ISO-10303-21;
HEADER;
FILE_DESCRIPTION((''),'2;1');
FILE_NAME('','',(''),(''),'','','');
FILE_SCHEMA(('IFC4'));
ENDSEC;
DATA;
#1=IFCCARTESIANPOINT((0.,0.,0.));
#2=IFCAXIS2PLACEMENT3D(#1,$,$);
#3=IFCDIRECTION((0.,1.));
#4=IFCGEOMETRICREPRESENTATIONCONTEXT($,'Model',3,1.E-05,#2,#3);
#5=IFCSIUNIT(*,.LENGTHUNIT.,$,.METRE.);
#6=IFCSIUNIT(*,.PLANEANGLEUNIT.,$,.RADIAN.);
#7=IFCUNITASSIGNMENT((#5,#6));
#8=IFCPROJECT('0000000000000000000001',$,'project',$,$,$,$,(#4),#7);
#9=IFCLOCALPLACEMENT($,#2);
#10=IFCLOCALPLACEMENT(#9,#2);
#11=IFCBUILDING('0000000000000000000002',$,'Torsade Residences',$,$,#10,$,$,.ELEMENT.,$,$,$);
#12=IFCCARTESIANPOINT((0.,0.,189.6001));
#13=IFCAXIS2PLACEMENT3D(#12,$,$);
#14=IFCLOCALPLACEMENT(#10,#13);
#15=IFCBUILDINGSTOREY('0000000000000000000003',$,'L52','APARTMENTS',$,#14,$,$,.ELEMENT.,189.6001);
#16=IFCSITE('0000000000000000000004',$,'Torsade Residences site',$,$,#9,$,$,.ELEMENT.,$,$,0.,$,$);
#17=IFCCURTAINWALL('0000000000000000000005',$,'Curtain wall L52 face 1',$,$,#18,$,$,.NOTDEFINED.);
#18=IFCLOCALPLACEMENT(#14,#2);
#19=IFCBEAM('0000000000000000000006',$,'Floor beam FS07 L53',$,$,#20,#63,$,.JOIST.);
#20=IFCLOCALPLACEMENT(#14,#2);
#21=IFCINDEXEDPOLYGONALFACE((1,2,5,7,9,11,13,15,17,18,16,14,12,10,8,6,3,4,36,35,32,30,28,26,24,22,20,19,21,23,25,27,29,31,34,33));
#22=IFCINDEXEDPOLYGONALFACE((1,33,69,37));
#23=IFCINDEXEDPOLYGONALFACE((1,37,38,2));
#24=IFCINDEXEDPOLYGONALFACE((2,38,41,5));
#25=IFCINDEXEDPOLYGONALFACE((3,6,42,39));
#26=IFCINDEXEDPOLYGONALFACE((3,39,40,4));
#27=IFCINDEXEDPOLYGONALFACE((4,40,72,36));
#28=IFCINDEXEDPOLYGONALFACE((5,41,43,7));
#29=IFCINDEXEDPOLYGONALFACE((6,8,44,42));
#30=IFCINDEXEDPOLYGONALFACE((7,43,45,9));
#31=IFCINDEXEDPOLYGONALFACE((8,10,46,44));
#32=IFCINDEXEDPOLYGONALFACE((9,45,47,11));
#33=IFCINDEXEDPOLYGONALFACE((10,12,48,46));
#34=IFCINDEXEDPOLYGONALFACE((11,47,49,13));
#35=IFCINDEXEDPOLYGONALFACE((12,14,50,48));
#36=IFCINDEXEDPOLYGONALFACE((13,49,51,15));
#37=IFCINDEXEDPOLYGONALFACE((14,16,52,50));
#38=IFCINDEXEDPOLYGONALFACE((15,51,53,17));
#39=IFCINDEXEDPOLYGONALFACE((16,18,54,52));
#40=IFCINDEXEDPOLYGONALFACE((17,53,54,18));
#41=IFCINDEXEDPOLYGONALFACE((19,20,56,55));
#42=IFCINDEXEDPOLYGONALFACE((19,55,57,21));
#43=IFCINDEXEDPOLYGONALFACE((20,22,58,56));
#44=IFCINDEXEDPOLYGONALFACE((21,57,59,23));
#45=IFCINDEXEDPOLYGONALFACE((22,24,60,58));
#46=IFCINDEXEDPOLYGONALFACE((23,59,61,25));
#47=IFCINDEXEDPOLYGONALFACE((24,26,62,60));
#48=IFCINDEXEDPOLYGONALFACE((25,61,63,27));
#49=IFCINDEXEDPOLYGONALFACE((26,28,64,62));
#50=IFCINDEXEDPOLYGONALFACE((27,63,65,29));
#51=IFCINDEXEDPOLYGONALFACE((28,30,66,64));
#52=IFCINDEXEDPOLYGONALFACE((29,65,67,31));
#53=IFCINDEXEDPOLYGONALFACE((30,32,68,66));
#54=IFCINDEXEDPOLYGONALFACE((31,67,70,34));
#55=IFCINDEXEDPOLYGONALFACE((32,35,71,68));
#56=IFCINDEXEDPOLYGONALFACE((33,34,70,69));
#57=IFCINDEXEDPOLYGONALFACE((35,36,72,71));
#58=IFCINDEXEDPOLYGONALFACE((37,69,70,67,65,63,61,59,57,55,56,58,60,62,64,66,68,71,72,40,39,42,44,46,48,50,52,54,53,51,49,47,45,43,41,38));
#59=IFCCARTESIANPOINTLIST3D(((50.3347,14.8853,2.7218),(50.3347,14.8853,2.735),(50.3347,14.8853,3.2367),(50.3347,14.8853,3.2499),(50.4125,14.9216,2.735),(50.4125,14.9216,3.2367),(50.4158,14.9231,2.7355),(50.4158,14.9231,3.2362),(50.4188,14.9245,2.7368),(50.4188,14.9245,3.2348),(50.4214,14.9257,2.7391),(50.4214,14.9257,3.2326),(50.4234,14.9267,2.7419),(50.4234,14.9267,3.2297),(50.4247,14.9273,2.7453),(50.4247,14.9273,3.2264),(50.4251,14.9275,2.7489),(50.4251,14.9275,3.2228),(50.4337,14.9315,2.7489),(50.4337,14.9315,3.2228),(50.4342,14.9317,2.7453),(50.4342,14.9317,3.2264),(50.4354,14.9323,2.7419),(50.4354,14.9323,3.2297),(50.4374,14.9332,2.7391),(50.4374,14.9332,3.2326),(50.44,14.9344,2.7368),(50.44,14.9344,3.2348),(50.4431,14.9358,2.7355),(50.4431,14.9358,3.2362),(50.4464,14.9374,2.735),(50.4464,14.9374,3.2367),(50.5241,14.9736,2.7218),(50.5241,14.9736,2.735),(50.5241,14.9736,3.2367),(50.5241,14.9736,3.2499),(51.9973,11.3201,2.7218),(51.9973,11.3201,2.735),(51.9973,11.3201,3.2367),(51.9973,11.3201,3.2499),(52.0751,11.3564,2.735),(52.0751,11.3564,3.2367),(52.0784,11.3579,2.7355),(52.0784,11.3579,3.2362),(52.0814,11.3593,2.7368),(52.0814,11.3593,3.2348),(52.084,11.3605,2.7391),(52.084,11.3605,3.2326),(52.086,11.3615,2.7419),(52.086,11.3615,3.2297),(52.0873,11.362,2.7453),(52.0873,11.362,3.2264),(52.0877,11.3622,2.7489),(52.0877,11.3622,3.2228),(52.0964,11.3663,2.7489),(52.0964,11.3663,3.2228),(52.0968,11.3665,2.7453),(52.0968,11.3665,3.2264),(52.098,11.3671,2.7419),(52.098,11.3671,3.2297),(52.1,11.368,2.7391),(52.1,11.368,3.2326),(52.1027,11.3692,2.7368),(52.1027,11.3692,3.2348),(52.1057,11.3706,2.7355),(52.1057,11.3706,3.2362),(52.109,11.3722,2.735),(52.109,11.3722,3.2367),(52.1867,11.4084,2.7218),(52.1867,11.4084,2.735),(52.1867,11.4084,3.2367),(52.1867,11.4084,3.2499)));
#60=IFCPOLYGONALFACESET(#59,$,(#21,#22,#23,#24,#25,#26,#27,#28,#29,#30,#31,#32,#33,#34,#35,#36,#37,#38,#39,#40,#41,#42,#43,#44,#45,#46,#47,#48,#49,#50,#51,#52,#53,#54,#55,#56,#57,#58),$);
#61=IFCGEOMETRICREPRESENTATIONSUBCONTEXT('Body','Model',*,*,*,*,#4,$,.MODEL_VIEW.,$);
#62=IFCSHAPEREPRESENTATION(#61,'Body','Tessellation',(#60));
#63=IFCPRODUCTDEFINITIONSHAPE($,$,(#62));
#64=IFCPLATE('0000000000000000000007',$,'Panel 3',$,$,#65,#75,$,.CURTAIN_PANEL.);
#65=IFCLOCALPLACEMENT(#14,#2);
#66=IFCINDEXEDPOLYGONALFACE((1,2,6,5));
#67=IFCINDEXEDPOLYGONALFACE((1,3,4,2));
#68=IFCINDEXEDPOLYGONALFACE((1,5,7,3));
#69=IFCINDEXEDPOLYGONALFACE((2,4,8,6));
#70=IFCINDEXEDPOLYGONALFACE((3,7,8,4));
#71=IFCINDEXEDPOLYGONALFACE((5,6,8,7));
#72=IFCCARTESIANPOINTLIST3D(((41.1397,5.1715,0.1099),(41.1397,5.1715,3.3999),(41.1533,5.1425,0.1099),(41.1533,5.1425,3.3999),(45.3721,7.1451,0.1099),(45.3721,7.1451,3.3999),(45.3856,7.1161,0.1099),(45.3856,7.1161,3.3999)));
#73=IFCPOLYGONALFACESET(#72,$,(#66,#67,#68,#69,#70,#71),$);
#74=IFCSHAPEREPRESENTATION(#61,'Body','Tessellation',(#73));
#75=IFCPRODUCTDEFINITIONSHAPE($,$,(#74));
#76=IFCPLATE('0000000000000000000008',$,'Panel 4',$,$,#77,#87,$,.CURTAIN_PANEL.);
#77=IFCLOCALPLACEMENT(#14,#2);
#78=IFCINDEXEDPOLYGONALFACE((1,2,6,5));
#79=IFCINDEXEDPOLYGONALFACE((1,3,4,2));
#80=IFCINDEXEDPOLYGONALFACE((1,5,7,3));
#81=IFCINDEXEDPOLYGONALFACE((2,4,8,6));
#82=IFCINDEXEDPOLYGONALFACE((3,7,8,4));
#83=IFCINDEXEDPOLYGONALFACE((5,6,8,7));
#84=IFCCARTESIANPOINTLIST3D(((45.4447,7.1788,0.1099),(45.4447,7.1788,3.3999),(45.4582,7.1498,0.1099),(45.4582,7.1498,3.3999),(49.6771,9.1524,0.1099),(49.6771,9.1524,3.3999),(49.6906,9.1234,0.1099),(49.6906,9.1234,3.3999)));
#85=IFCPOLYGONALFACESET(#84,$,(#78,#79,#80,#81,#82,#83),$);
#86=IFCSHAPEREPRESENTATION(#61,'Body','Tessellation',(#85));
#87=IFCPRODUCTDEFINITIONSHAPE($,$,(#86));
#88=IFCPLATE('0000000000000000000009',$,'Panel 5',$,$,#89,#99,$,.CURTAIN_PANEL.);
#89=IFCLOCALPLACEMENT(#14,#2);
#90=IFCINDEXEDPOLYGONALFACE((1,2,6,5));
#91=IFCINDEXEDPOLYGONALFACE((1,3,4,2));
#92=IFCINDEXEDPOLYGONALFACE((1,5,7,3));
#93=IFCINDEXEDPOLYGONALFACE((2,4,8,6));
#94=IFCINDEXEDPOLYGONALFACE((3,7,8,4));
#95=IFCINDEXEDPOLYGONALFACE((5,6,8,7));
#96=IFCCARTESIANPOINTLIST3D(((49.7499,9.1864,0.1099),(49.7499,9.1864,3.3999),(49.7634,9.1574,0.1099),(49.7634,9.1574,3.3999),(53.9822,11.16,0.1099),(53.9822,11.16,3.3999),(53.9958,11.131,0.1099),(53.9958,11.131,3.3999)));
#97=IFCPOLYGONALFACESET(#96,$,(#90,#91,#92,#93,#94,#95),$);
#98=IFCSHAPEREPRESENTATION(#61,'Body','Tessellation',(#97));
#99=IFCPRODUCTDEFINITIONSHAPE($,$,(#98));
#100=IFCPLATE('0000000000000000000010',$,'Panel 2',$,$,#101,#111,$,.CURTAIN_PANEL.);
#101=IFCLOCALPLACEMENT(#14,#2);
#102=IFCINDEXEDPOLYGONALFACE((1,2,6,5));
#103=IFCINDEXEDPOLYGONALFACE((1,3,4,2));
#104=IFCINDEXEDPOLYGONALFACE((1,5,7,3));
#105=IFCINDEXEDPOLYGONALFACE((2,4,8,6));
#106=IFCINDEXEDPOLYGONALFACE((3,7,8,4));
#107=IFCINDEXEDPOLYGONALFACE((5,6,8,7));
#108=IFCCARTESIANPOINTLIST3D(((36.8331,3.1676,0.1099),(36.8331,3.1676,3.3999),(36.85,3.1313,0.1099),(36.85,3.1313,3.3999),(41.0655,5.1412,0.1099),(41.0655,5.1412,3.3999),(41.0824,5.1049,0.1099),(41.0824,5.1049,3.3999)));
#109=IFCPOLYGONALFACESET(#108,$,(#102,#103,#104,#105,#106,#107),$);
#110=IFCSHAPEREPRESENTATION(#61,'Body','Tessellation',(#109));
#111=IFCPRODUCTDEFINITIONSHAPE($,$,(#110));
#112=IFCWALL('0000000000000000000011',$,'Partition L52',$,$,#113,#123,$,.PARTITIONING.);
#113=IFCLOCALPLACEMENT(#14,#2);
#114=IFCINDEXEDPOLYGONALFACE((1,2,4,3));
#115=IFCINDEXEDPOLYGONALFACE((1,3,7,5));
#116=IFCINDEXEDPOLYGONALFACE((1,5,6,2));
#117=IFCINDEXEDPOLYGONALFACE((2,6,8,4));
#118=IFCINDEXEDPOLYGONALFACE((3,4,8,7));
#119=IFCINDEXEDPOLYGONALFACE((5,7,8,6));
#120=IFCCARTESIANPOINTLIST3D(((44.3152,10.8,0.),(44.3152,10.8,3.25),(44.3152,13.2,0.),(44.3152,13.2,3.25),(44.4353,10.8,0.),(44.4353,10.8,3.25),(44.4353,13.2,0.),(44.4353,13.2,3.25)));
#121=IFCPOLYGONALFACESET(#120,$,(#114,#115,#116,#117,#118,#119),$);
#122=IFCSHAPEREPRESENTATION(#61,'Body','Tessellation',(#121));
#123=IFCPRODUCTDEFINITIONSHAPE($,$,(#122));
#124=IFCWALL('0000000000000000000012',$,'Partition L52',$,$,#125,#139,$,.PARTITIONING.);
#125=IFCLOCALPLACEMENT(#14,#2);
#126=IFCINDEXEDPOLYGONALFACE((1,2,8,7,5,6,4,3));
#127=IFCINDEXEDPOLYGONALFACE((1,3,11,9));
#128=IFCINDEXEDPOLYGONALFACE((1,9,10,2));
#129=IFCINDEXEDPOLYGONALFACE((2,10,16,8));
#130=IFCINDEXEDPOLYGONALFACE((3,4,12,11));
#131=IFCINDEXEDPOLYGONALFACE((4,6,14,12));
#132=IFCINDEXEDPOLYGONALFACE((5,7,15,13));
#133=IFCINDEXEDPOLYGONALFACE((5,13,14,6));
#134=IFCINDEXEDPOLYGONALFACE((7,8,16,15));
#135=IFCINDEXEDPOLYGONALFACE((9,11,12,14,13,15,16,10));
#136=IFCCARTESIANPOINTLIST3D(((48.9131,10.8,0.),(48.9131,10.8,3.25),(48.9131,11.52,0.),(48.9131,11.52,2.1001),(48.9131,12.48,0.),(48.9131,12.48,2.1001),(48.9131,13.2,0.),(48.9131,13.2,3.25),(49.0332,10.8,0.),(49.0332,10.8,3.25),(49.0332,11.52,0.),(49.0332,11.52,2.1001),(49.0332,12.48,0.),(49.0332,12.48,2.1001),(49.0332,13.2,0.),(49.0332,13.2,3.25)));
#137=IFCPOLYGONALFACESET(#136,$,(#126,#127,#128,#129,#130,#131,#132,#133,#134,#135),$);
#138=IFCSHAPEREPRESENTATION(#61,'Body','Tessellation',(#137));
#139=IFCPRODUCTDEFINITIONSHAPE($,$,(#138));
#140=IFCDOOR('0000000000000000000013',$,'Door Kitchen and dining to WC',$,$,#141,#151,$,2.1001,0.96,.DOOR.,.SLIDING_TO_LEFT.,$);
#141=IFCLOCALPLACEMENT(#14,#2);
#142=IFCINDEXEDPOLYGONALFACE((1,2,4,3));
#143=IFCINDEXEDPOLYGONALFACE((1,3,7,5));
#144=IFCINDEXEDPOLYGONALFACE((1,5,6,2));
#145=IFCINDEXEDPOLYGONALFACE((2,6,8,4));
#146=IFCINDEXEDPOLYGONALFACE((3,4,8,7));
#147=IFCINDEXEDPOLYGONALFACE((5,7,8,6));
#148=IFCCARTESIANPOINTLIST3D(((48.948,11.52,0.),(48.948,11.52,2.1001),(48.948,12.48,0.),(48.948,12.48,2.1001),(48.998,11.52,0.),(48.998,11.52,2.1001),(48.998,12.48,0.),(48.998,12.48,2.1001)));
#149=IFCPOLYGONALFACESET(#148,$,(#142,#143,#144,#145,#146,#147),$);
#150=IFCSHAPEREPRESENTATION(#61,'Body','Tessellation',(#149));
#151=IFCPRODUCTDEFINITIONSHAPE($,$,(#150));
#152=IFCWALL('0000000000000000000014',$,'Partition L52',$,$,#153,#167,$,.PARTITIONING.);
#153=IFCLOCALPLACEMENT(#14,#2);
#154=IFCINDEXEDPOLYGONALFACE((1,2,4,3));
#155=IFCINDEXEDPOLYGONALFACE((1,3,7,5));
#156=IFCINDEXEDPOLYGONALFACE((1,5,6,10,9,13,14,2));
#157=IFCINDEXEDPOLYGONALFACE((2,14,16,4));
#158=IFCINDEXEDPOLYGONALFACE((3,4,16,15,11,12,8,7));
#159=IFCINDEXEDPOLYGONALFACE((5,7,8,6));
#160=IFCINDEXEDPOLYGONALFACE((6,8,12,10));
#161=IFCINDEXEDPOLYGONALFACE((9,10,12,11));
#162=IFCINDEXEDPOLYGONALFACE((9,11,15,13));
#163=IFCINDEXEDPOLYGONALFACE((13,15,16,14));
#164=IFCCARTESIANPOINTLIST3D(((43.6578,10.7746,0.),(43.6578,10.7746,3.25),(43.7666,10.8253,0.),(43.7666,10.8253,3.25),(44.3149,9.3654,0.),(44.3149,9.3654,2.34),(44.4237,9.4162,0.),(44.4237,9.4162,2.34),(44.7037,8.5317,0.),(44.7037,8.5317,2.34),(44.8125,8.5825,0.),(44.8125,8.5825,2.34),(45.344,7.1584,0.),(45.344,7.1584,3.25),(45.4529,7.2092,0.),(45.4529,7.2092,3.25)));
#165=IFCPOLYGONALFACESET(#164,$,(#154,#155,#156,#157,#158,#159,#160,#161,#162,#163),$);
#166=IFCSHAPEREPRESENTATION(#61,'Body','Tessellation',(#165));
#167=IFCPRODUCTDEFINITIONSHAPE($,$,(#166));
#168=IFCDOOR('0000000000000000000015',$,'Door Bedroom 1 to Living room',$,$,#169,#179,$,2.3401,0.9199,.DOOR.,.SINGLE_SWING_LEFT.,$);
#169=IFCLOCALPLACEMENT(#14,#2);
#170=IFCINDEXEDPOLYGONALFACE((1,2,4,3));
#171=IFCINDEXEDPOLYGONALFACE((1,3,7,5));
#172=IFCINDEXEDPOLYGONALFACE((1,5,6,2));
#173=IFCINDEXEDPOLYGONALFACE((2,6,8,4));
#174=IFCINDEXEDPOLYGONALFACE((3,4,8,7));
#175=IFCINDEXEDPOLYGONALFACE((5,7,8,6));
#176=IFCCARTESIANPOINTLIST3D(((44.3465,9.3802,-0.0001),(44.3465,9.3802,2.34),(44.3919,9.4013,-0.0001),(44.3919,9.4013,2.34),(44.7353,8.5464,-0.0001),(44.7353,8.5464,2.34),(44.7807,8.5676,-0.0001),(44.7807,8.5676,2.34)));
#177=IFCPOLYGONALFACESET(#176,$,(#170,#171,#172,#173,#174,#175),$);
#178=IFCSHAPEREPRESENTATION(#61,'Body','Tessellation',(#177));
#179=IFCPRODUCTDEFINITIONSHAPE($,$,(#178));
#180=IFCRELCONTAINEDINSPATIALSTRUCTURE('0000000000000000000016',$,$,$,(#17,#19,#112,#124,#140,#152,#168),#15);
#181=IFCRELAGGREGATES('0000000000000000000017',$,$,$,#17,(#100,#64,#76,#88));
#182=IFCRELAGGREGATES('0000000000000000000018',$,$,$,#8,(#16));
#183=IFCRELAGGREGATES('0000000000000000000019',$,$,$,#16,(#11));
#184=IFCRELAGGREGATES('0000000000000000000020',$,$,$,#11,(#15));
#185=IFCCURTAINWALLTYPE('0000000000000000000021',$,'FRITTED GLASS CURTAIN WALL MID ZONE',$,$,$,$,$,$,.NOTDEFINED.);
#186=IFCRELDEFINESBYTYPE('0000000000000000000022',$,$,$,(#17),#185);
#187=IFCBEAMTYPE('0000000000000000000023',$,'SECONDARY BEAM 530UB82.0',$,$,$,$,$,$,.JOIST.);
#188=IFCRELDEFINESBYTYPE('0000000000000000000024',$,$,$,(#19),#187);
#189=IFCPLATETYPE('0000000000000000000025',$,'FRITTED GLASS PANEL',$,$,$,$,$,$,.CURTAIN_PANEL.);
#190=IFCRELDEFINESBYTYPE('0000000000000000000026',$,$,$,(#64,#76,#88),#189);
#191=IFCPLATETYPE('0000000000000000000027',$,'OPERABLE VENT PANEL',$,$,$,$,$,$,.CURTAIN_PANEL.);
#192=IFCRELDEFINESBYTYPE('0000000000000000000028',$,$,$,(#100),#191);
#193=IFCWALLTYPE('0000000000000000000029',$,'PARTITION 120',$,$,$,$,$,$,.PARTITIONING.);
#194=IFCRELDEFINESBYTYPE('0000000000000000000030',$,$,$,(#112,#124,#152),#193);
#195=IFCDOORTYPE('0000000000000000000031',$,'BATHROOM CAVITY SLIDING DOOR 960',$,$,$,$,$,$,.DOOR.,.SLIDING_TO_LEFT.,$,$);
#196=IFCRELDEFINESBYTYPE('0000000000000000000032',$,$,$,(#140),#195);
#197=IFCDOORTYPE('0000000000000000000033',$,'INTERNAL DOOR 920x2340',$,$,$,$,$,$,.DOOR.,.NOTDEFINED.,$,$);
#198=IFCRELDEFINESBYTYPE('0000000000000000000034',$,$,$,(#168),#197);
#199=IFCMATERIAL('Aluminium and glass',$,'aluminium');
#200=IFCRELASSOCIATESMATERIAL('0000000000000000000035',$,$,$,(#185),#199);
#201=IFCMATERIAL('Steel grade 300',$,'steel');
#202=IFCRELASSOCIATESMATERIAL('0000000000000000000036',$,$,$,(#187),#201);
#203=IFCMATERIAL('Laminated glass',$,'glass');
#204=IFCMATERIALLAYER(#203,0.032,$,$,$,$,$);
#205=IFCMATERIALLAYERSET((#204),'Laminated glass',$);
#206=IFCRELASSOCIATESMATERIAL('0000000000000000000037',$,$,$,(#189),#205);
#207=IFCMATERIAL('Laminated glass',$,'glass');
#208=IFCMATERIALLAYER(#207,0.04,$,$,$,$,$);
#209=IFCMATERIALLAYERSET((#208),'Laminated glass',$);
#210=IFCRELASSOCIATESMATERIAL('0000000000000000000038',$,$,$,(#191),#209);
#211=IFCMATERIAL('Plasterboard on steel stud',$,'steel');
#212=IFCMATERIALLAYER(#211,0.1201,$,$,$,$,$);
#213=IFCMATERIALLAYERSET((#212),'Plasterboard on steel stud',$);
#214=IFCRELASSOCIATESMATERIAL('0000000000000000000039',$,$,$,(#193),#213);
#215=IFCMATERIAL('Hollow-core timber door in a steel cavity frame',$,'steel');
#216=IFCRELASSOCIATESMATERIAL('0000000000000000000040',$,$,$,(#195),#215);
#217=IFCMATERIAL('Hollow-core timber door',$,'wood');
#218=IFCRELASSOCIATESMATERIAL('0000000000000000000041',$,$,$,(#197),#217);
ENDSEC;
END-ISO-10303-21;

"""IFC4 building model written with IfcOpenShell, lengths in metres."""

from ifc_helpers import new_model, si_unit, direction, frame, frame_2d, origin, origin_2d, place, context, subcontext, project, spatial, rectangle, i_section, extrude, material, layer, layer_set, material_profile, profile_set, type_object, element, fill, aggregate, save


model = new_model("IFC4")

# Units and contexts
model_context = context("Model", 3, precision=1e-05, world=origin(), true_north=direction((0.0, 1.0)))
body_context = subcontext(model_context, "Body", "Model", "MODEL_VIEW")
ifc_project = project(units=[si_unit("LENGTHUNIT", "METRE"), si_unit("PLANEANGLEUNIT", "RADIAN")], contexts=[model_context])

# Site, building, storey
site_placement = place(None, origin())
site = spatial("IfcSite", under=ifc_project, at=site_placement, Name="Torsade Residences site", CompositionType="ELEMENT", RefElevation=0.0)
building_placement = place(site_placement, origin())
building = spatial("IfcBuilding", under=site, at=building_placement, Name="Torsade Residences", CompositionType="ELEMENT")
storey_placement = place(building_placement, frame((0.0, 0.0, 189.6001)))
storey = spatial("IfcBuildingStorey", under=building, at=storey_placement, Name="L52", Description="APARTMENTS", CompositionType="ELEMENT", Elevation=189.6001)

# Curtain wall
ifc_material_1 = material(Name="Aluminium and glass", Category="aluminium")
curtain_wall_type = type_object("IfcCurtainWallType", Name="FRITTED GLASS CURTAIN WALL MID ZONE", PredefinedType="NOTDEFINED", material=ifc_material_1)
curtain_wall_placement = place(storey_placement, origin())
curtain_wall = element("IfcCurtainWall", 1, at=curtain_wall_placement, inside=storey, type_object=curtain_wall_type, Name="Curtain wall L52 face 1", PredefinedType="NOTDEFINED")

# Beam
ifc_material_2 = material(Name="Steel grade 300", Category="steel")
ifc_material_profile_1 = material_profile(ifc_material_2, i_section(OverallWidth=0.209, OverallDepth=0.5281, WebThickness=0.0095, FlangeThickness=0.0132, FilletRadius=0.0139, at=origin_2d()), Name="530UB82.0")
ifc_profile_set_1 = profile_set([ifc_material_profile_1], Name="Steel grade 300")
beam_type_1 = type_object("IfcBeamType", Name="SECONDARY BEAM 530UB82.0", PredefinedType="JOIST", material=ifc_profile_set_1)
beam_1_placement = place(storey_placement, frame((52.092, 11.3643, 2.9858), z_axis=(-0.422644, 0.906296, 0.0), x_axis=(-0.906296, -0.422644, 0.0)))
element("IfcBeam", 2, at=beam_1_placement, inside=storey, type_object=beam_type_1, Name="Floor beam FS07 L53", PredefinedType="JOIST", context=body_context, shape_type="SweptSolid", body=[
    extrude(i_section(OverallWidth=0.209, OverallDepth=0.5281, WebThickness=0.0095, FlangeThickness=0.0132, FilletRadius=0.0139, at=origin_2d()), origin(), (0.0, 0.0, 1.0), 3.9338),
])

# Plates
ifc_material_3 = material(Name="Laminated glass", Category="glass")
ifc_layer_1 = layer(ifc_material_3, 0.032)
ifc_layer_set_1 = layer_set([ifc_layer_1], Name="Laminated glass")
plate_type_1 = type_object("IfcPlateType", Name="FRITTED GLASS PANEL", PredefinedType="CURTAIN_PANEL", material=ifc_layer_set_1)
plate_1_placement = place(storey_placement, frame((43.2627, 6.1438, 0.1099), z_axis=(0.0, 0.0, 1.0), x_axis=(0.906308, 0.422618, 0.0)))
plate_1 = element("IfcPlate", 3, at=plate_1_placement, type_object=plate_type_1, Name="Panel 3", PredefinedType="CURTAIN_PANEL", context=body_context, shape_type="SweptSolid", body=[
    extrude(rectangle(XDim=4.6699, YDim=0.032, at=origin_2d()), origin(), (0.0, 0.0, 1.0), 3.29),
])
plate_2_placement = place(storey_placement, frame((47.5676, 8.1511, 0.1099), z_axis=(0.0, 0.0, 1.0), x_axis=(0.906308, 0.422618, 0.0)))
plate_2 = element("IfcPlate", 4, at=plate_2_placement, type_object=plate_type_1, Name="Panel 4", PredefinedType="CURTAIN_PANEL", context=body_context, shape_type="SweptSolid", body=[
    extrude(rectangle(XDim=4.6699, YDim=0.032, at=origin_2d()), origin(), (0.0, 0.0, 1.0), 3.29),
])
plate_3_placement = place(storey_placement, frame((51.8728, 10.1587, 0.1099), z_axis=(0.0, 0.0, 1.0), x_axis=(0.906308, 0.422618, 0.0)))
plate_3 = element("IfcPlate", 5, at=plate_3_placement, type_object=plate_type_1, Name="Panel 5", PredefinedType="CURTAIN_PANEL", context=body_context, shape_type="SweptSolid", body=[
    extrude(rectangle(XDim=4.6699, YDim=0.032, at=origin_2d()), origin(), (0.0, 0.0, 1.0), 3.29),
])
ifc_material_4 = material(Name="Laminated glass", Category="glass")
ifc_layer_2 = layer(ifc_material_4, 0.04)
ifc_layer_set_2 = layer_set([ifc_layer_2], Name="Laminated glass")
plate_type_2 = type_object("IfcPlateType", Name="OPERABLE VENT PANEL", PredefinedType="CURTAIN_PANEL", material=ifc_layer_set_2)
plate_4_placement = place(storey_placement, frame((38.9578, 4.1362, 0.1099), z_axis=(0.0, 0.0, 1.0), x_axis=(0.906308, 0.422618, 0.0)))
plate_4 = element("IfcPlate", 6, at=plate_4_placement, type_object=plate_type_2, Name="Panel 2", PredefinedType="CURTAIN_PANEL", context=body_context, shape_type="SweptSolid", body=[
    extrude(rectangle(XDim=4.6699, YDim=0.04, at=origin_2d()), origin(), (0.0, 0.0, 1.0), 3.29),
])
aggregate(curtain_wall, [plate_4, plate_1, plate_2, plate_3])

# Wall
ifc_material_5 = material(Name="Plasterboard on steel stud", Category="steel")
ifc_layer_3 = layer(ifc_material_5, 0.1201)
ifc_layer_set_3 = layer_set([ifc_layer_3], Name="Plasterboard on steel stud")
wall_type_1 = type_object("IfcWallType", Name="PARTITION 120", PredefinedType="PARTITIONING", material=ifc_layer_set_3)
wall_1_placement = place(storey_placement, frame((44.3752, 10.8, 0.0), z_axis=(0.0, 0.0, 1.0), x_axis=(0.0, 1.0, 0.0)))
element("IfcWall", 7, at=wall_1_placement, inside=storey, type_object=wall_type_1, Name="Partition L52", PredefinedType="PARTITIONING", context=body_context, shape_type="SweptSolid", body=[
    extrude(rectangle(XDim=2.3999, YDim=0.1201, at=frame_2d((1.2, 0.0))), origin(), (0.0, 0.0, 1.0), 3.25),
])

# Walls, openings, doors
wall_2_placement = place(storey_placement, frame((48.9731, 13.2, 0.0), z_axis=(0.0, 0.0, 1.0), x_axis=(0.0, -1.0, 0.0)))
wall_2 = element("IfcWall", 8, at=wall_2_placement, inside=storey, type_object=wall_type_1, Name="Partition L52", PredefinedType="PARTITIONING", context=body_context, shape_type="SweptSolid", body=[
    extrude(rectangle(XDim=2.3999, YDim=0.1201, at=frame_2d((1.2, 0.0))), origin(), (0.0, 0.0, 1.0), 3.25),
])
opening_1_placement = place(wall_2_placement, frame((0.72, 0.0, 0.0)))
opening_1 = element("IfcOpeningElement", 9, at=opening_1_placement, cuts=wall_2, PredefinedType="OPENING", context=body_context, shape_type="SweptSolid", body=[
    extrude(rectangle(XDim=0.96, YDim=2.1001, at=frame_2d((0.48, 1.05))), frame((0.0, 0.0701, 0.0), z_axis=(0.0, -1.0, 0.0), x_axis=(1.0, 0.0, 0.0)), (0.0, 0.0, 1.0), 0.1401),
])
ifc_material_6 = material(Name="Hollow-core timber door in a steel cavity frame", Category="steel")
door_type_1 = type_object("IfcDoorType", Name="BATHROOM CAVITY SLIDING DOOR 960", OperationType="SLIDING_TO_LEFT", PredefinedType="DOOR", material=ifc_material_6)
door_1_placement = place(opening_1_placement, origin())
door_1 = element("IfcDoor", 10, at=door_1_placement, inside=storey, type_object=door_type_1, Name="Door Kitchen and dining to WC", OperationType="SLIDING_TO_LEFT", OverallHeight=2.1001, OverallWidth=0.96, PredefinedType="DOOR", context=body_context, shape_type="SweptSolid", body=[
    extrude(rectangle(XDim=0.96, YDim=2.1001, at=frame_2d((0.48, 1.05))), frame((0.0, 0.0249, 0.0), z_axis=(0.0, -1.0, 0.0), x_axis=(1.0, 0.0, 0.0)), (0.0, 0.0, 1.0), 0.05),
])
fill(opening_1, door_1)
wall_3_placement = place(storey_placement, frame((43.7122, 10.8, 0.0), z_axis=(0.0, 0.0, 1.0), x_axis=(0.422621, -0.906307, 0.0)))
wall_3 = element("IfcWall", 11, at=wall_3_placement, inside=storey, type_object=wall_type_1, Name="Partition L52", PredefinedType="PARTITIONING", context=body_context, shape_type="SweptSolid", body=[
    extrude(rectangle(XDim=3.99, YDim=0.1201, at=frame_2d((1.9951, 0.0))), origin(), (0.0, 0.0, 1.0), 3.25),
])
opening_2_placement = place(wall_3_placement, frame((1.5549, 0.0, 0.0)))
opening_2 = element("IfcOpeningElement", 12, at=opening_2_placement, cuts=wall_3, PredefinedType="OPENING", context=body_context, shape_type="SweptSolid", body=[
    extrude(rectangle(XDim=0.9199, YDim=2.3401, at=frame_2d((0.46, 1.1699))), frame((0.0, 0.0701, 0.0), z_axis=(0.0, -1.0, 0.0), x_axis=(1.0, 0.0, 0.0)), (0.0, 0.0, 1.0), 0.1401),
])
ifc_material_7 = material(Name="Hollow-core timber door", Category="wood")
door_type_2 = type_object("IfcDoorType", Name="INTERNAL DOOR 920x2340", OperationType="NOTDEFINED", PredefinedType="DOOR", material=ifc_material_7)
door_2_placement = place(opening_2_placement, origin())
door_2 = element("IfcDoor", 13, at=door_2_placement, inside=storey, type_object=door_type_2, Name="Door Bedroom 1 to Living room", OperationType="SINGLE_SWING_LEFT", OverallHeight=2.3401, OverallWidth=0.9199, PredefinedType="DOOR", context=body_context, shape_type="SweptSolid", body=[
    extrude(rectangle(XDim=0.9199, YDim=2.3401, at=frame_2d((0.46, 1.1699))), frame((0.0, 0.0249, 0.0), z_axis=(0.0, -1.0, 0.0), x_axis=(1.0, 0.0, 0.0)), (0.0, 0.0, 1.0), 0.05),
])
fill(opening_2, door_2)

save(model, "model.ifc")
